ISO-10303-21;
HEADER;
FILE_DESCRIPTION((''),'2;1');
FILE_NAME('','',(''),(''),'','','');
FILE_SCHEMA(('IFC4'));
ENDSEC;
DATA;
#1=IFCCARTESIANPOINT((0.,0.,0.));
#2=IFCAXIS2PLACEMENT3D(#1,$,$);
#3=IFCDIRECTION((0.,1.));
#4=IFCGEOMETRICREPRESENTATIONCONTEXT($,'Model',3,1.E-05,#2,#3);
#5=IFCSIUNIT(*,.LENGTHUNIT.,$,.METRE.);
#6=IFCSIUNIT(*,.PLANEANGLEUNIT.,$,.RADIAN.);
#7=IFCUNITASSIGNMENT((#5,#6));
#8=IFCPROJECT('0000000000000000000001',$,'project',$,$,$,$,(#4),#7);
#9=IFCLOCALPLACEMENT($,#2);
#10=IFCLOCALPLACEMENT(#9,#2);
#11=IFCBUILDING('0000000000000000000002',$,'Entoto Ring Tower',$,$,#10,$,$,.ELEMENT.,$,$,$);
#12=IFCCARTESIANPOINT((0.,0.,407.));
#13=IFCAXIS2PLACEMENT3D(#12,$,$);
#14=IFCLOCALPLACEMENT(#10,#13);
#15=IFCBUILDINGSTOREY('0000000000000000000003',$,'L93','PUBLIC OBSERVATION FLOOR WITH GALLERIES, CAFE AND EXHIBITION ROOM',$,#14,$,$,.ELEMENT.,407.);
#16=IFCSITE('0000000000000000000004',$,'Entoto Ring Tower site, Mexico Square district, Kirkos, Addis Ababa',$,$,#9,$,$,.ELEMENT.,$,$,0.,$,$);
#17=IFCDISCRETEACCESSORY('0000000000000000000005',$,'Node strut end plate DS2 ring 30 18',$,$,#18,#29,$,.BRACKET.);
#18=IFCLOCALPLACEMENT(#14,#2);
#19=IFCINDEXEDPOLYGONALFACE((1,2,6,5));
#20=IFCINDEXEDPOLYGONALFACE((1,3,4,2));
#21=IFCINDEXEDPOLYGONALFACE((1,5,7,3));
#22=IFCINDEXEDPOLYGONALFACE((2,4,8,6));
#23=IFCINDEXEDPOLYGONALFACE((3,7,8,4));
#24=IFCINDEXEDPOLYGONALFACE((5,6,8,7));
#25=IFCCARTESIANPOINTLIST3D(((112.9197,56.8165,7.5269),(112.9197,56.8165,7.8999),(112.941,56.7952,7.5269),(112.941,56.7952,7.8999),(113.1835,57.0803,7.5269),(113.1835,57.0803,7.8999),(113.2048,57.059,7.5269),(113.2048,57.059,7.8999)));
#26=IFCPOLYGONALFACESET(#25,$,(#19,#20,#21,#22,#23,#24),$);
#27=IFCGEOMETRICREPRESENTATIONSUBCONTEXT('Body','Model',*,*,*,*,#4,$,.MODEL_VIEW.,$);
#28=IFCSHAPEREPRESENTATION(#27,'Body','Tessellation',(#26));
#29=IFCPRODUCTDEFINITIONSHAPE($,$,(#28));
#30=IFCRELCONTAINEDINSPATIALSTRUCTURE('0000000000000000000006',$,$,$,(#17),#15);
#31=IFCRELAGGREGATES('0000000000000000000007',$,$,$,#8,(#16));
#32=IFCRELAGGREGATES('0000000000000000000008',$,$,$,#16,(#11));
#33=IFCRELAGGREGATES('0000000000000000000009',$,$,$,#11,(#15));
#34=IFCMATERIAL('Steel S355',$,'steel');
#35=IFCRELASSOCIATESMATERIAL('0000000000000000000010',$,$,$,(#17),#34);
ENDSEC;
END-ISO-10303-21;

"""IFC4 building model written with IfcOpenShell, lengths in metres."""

from ifc_helpers import new_model, si_unit, direction, frame, origin, origin_2d, place, context, subcontext, project, spatial, rectangle, extrude, material, element, save


model = new_model("IFC4")

# Units and contexts
model_context = context("Model", 3, precision=1e-05, world=origin(), true_north=direction((0.0, 1.0)))
body_context = subcontext(model_context, "Body", "Model", "MODEL_VIEW")
ifc_project = project(units=[si_unit("LENGTHUNIT", "METRE"), si_unit("PLANEANGLEUNIT", "RADIAN")], contexts=[model_context])

# Site, building, storey
site_placement = place(None, origin())
site = spatial("IfcSite", under=ifc_project, at=site_placement, Name="Entoto Ring Tower site, Mexico Square district, Kirkos, Addis Ababa", CompositionType="ELEMENT", RefElevation=0.0)
building_placement = place(site_placement, origin())
building = spatial("IfcBuilding", under=site, at=building_placement, Name="Entoto Ring Tower", CompositionType="ELEMENT")
storey_placement = place(building_placement, frame((0.0, 0.0, 407.0)))
storey = spatial("IfcBuildingStorey", under=building, at=storey_placement, Name="L93", Description="PUBLIC OBSERVATION FLOOR WITH GALLERIES, CAFE AND EXHIBITION ROOM", CompositionType="ELEMENT", Elevation=407.0)

# Discrete accessory
ifc_material_1 = material(Name="Steel S355", Category="steel")
discrete_accessory_placement = place(storey_placement, frame((113.0623, 56.9377, 7.5269), z_axis=(0.0, 0.0, 1.0), x_axis=(0.707107, -0.707107, 0.0)))
element("IfcDiscreteAccessory", 1, at=discrete_accessory_placement, inside=storey, material=ifc_material_1, Name="Node strut end plate DS2 ring 30 18", PredefinedType="BRACKET", context=body_context, shape_type="SweptSolid", body=[
    extrude(rectangle(XDim=0.03, YDim=0.373, at=origin_2d()), origin(), (0.0, 0.0, 1.0), 0.373),
])

save(model, "model.ifc")
